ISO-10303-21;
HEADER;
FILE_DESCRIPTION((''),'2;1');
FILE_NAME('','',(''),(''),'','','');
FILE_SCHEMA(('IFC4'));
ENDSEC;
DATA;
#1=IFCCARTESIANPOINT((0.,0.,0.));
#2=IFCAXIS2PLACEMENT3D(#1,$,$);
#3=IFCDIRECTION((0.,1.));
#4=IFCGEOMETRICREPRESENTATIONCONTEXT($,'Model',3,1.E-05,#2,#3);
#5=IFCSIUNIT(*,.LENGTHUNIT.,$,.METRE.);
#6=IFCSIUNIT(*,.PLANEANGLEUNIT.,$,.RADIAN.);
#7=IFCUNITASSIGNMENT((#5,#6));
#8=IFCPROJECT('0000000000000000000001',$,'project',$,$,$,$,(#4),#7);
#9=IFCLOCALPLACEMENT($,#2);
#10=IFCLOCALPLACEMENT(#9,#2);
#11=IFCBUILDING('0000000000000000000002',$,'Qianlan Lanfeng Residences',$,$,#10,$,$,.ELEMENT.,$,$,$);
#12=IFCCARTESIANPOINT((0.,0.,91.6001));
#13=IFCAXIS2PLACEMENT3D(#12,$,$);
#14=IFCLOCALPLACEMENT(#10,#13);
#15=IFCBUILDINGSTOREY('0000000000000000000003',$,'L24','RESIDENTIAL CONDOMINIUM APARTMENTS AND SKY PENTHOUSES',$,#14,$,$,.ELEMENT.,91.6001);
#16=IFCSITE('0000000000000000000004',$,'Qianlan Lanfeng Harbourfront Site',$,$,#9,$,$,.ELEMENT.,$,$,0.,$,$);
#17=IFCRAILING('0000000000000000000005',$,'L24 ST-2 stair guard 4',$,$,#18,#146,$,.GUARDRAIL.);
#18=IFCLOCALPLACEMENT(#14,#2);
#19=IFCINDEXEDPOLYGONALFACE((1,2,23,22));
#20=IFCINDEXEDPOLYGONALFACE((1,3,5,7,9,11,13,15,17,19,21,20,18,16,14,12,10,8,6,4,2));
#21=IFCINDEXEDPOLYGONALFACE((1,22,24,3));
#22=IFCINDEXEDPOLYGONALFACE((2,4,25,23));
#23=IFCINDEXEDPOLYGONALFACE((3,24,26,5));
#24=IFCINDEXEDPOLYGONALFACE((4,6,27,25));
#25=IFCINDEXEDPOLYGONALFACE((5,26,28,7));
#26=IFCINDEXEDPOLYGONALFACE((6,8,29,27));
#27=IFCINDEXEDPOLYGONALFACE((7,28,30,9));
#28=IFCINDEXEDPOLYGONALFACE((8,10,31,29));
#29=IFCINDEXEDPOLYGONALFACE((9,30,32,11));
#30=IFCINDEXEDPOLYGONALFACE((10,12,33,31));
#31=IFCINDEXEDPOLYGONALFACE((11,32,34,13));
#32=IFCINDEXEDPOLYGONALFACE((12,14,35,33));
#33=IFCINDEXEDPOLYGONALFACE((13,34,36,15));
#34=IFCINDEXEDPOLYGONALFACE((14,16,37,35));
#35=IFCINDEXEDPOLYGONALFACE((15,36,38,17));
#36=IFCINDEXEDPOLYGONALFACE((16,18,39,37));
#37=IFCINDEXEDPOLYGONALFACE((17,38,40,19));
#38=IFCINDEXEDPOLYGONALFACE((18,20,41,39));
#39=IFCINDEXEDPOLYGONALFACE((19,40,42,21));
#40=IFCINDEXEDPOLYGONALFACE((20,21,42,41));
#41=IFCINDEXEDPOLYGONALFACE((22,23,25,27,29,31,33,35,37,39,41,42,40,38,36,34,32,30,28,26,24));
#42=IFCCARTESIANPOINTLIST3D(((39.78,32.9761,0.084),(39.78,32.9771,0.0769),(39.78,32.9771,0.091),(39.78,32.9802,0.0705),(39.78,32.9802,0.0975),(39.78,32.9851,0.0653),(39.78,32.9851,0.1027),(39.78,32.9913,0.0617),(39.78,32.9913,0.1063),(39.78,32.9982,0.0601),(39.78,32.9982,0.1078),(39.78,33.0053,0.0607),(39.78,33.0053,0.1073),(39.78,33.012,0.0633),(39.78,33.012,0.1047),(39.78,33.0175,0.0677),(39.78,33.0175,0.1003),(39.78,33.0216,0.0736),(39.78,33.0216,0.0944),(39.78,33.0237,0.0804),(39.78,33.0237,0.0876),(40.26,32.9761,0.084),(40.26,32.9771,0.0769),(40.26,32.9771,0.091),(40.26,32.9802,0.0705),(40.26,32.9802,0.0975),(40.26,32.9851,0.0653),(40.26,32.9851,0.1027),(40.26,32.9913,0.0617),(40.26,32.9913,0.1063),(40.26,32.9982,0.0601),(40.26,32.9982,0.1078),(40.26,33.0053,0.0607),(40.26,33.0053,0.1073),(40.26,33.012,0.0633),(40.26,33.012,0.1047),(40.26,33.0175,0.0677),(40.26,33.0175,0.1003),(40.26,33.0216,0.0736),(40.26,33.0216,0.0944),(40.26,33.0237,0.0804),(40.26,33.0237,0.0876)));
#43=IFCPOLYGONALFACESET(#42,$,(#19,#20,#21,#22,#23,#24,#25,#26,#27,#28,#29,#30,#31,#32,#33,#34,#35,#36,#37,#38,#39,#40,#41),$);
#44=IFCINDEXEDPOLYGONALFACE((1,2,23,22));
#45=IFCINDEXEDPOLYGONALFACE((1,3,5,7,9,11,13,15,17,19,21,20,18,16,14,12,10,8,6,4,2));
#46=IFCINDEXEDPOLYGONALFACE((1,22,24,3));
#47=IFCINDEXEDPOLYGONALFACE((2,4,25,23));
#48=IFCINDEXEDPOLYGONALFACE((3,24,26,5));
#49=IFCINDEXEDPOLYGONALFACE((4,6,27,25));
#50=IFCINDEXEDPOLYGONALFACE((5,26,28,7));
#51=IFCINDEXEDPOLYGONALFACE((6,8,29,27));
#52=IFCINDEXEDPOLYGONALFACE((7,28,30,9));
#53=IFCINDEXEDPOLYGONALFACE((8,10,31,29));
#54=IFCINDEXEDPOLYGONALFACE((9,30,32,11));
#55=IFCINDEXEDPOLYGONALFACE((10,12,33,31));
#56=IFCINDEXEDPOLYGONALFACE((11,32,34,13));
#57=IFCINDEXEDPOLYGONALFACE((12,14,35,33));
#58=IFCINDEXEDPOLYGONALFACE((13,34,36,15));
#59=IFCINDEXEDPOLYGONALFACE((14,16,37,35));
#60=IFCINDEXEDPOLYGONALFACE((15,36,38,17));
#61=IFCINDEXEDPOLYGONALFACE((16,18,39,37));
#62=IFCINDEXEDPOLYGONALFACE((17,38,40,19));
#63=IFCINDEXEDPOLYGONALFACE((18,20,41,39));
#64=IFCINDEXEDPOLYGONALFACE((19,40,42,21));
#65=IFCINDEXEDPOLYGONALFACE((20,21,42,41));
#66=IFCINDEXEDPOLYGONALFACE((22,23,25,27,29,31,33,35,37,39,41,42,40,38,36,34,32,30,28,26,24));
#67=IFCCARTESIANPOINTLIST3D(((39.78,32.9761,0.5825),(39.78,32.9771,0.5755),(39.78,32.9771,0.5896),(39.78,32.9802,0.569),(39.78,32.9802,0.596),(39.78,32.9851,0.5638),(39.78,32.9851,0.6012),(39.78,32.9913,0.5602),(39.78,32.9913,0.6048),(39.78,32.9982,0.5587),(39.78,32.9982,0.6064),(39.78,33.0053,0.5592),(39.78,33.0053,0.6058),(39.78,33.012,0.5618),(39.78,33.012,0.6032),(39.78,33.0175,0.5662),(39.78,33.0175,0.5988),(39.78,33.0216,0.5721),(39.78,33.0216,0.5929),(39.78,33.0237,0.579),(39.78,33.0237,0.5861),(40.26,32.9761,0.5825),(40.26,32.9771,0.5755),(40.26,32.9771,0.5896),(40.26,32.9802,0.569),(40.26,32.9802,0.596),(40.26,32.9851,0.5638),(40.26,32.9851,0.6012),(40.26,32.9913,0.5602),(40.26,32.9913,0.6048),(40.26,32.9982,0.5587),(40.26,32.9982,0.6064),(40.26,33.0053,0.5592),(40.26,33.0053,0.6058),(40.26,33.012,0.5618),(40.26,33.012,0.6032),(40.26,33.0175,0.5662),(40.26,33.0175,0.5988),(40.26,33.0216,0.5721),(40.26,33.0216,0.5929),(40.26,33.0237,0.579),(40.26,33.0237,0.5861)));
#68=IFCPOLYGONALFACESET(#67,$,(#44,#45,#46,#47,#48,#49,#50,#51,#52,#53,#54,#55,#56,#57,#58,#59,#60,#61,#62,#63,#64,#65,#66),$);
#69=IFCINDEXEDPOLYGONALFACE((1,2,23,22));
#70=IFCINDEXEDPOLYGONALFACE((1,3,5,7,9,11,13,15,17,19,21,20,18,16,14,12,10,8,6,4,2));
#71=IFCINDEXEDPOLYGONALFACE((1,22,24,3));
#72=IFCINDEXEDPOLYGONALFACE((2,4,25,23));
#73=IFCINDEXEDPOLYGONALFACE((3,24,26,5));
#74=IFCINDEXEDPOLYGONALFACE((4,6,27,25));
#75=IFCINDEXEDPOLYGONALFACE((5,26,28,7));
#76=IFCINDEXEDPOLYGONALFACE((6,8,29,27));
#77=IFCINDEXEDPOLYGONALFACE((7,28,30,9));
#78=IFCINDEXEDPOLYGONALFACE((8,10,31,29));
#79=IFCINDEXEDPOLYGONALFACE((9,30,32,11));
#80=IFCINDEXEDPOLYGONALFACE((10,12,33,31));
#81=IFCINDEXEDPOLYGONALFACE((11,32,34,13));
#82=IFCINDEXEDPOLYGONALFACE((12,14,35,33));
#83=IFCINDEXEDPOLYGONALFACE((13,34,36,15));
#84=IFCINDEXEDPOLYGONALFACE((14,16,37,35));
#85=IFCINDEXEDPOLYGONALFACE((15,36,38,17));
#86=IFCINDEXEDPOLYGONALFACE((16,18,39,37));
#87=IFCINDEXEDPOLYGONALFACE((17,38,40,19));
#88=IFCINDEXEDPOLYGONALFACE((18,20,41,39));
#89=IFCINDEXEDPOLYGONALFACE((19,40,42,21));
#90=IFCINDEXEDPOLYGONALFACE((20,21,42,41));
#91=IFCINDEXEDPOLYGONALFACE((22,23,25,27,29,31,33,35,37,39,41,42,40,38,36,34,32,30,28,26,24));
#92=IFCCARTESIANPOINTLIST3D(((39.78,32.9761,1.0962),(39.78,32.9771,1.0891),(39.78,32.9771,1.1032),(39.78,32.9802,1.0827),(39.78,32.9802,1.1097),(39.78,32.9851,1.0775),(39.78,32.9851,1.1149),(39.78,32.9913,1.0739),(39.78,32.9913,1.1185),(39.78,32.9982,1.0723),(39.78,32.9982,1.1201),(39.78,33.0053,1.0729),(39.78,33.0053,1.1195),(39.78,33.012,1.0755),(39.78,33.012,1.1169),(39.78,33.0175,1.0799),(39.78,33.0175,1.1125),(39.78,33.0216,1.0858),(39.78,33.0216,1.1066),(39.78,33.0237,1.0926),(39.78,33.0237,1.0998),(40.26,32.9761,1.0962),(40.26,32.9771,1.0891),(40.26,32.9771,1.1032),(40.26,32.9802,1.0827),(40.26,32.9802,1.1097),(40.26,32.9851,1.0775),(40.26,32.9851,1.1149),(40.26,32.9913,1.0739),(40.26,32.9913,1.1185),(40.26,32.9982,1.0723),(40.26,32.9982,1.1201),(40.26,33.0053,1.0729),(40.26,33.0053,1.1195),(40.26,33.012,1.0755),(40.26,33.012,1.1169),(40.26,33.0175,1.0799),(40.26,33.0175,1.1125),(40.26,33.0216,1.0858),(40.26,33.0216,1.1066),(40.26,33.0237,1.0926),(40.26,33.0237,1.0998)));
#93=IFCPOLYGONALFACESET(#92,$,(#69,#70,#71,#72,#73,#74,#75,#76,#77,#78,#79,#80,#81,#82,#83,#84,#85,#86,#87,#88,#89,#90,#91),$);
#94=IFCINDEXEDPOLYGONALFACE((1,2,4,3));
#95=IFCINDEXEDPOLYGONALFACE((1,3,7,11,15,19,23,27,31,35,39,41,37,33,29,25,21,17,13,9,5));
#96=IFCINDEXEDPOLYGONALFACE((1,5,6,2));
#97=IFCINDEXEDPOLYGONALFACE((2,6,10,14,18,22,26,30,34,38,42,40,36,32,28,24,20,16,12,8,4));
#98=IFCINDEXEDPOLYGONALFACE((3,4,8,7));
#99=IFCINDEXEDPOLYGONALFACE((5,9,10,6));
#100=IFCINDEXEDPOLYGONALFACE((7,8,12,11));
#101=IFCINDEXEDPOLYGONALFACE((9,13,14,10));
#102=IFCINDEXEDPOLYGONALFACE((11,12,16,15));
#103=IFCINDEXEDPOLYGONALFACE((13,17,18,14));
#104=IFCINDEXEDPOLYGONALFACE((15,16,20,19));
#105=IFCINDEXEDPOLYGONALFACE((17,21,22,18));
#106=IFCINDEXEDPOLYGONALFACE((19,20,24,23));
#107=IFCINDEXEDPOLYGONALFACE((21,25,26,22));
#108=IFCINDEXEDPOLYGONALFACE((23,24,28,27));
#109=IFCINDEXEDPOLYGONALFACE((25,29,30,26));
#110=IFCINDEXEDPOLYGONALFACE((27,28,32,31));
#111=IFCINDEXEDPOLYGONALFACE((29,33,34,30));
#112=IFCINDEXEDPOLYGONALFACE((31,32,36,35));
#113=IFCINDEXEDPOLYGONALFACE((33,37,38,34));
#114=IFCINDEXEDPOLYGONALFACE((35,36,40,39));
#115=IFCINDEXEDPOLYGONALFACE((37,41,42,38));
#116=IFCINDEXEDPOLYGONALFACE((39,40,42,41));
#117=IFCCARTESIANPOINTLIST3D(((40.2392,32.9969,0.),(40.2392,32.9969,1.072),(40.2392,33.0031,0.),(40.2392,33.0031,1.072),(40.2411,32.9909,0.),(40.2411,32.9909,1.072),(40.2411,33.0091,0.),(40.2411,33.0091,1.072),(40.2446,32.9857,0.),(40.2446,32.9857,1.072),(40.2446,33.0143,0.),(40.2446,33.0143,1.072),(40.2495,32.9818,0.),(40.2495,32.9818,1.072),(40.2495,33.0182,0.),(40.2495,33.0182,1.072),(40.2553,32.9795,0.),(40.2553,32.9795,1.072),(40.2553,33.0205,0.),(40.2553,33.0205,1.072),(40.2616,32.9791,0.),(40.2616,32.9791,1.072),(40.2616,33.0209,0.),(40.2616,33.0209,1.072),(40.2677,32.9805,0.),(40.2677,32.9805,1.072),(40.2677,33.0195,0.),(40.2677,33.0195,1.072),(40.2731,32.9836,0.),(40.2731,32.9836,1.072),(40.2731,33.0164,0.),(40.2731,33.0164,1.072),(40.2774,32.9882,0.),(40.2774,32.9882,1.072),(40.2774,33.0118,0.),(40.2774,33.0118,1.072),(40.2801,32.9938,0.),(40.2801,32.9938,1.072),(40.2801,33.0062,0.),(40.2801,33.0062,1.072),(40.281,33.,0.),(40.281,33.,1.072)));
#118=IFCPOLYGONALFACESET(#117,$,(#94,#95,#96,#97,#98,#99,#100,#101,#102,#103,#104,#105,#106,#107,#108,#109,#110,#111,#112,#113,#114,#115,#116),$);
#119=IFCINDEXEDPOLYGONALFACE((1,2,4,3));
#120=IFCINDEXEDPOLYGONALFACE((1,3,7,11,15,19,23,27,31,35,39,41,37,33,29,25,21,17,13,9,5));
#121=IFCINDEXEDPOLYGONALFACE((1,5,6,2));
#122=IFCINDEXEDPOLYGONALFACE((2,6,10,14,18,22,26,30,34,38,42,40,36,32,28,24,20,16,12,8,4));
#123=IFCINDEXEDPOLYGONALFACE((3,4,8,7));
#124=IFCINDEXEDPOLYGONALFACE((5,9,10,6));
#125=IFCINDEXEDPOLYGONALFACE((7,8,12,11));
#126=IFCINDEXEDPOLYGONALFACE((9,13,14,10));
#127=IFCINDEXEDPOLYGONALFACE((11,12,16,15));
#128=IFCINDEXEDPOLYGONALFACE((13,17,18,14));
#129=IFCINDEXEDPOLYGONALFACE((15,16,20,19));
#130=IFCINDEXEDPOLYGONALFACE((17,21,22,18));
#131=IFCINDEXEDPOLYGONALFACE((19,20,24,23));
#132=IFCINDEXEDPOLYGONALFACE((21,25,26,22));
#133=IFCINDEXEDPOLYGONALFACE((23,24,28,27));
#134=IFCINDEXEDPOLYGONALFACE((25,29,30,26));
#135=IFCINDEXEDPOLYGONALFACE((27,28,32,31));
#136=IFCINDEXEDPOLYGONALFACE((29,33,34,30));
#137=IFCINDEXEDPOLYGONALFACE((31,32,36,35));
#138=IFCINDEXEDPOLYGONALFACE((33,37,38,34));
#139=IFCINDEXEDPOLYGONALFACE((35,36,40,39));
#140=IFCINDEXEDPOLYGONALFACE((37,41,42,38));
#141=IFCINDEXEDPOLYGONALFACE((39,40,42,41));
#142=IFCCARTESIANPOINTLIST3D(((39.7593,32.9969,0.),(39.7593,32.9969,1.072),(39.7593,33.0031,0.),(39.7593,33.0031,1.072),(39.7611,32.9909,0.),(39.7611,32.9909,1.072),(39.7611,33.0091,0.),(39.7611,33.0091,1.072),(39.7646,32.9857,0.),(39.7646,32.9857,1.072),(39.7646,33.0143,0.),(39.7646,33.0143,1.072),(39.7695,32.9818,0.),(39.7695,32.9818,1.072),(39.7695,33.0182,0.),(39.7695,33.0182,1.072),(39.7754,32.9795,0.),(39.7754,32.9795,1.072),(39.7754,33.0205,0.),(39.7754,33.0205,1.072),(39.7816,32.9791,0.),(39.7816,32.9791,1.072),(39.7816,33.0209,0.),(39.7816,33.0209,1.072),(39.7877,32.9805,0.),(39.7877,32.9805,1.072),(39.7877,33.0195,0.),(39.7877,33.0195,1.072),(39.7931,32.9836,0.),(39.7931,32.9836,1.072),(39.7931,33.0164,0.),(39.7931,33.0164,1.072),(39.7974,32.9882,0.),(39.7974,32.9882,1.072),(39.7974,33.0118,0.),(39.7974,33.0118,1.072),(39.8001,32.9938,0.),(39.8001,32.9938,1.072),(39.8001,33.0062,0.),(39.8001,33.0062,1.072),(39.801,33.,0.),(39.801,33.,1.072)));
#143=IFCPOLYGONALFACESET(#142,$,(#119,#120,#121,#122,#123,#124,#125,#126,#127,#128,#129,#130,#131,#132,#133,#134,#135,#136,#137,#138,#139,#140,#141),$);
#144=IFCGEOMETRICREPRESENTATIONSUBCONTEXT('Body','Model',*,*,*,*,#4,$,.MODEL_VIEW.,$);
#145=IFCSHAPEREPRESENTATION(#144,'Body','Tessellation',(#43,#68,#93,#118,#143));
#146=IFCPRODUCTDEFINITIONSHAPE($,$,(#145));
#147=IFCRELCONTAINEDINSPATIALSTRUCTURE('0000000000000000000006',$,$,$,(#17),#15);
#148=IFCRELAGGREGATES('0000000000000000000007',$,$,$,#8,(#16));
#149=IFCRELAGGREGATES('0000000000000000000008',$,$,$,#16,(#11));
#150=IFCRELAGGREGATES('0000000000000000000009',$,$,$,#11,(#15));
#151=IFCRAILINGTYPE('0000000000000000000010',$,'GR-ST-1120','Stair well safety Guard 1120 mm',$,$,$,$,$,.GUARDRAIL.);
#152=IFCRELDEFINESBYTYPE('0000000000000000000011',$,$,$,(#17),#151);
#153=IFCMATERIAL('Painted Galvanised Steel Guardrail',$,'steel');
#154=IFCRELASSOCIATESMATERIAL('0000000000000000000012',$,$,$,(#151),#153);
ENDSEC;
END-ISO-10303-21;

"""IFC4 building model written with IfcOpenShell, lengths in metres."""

from ifc_helpers import new_model, si_unit, direction, frame, origin, origin_2d, place, context, subcontext, project, spatial, circle, extrude, material, type_object, element, save


model = new_model("IFC4")

# Units and contexts
model_context = context("Model", 3, precision=1e-05, world=origin(), true_north=direction((0.0, 1.0)))
body_context = subcontext(model_context, "Body", "Model", "MODEL_VIEW")
ifc_project = project(units=[si_unit("LENGTHUNIT", "METRE"), si_unit("PLANEANGLEUNIT", "RADIAN")], contexts=[model_context])

# Site, building, storey
site_placement = place(None, origin())
site = spatial("IfcSite", under=ifc_project, at=site_placement, Name="Qianlan Lanfeng Harbourfront Site", CompositionType="ELEMENT", RefElevation=0.0)
building_placement = place(site_placement, origin())
building = spatial("IfcBuilding", under=site, at=building_placement, Name="Qianlan Lanfeng Residences", CompositionType="ELEMENT")
storey_placement = place(building_placement, frame((0.0, 0.0, 91.6001)))
storey = spatial("IfcBuildingStorey", under=building, at=storey_placement, Name="L24", Description="RESIDENTIAL CONDOMINIUM APARTMENTS AND SKY PENTHOUSES", CompositionType="ELEMENT", Elevation=91.6001)

# Railing
ifc_material_1 = material(Name="Painted Galvanised Steel Guardrail", Category="steel")
railing_type_1 = type_object("IfcRailingType", Name="GR-ST-1120", Description="Stair well safety Guard 1120 mm", PredefinedType="GUARDRAIL", material=ifc_material_1)
railing_1_placement = place(storey_placement, frame((40.26, 33.0, 0.0)))
element("IfcRailing", 1, at=railing_1_placement, inside=storey, type_object=railing_type_1, Name="L24 ST-2 stair guard 4", PredefinedType="GUARDRAIL", context=body_context, shape_type="SweptSolid", body=[
    extrude(circle(Radius=0.0239, at=origin_2d()), frame((0.0, 0.0, 0.084), z_axis=(-1.0, 0.0, 0.0), x_axis=(0.0, -1.0, 0.0)), (0.0, 0.0, 1.0), 0.48),
    extrude(circle(Radius=0.0239, at=origin_2d()), frame((0.0, 0.0, 0.5825), z_axis=(-1.0, 0.0, 0.0), x_axis=(0.0, -1.0, 0.0)), (0.0, 0.0, 1.0), 0.48),
    extrude(circle(Radius=0.0239, at=origin_2d()), frame((0.0, 0.0, 1.0962), z_axis=(-1.0, 0.0, 0.0), x_axis=(0.0, -1.0, 0.0)), (0.0, 0.0, 1.0), 0.48),
    extrude(circle(Radius=0.021, at=origin_2d()), origin(), (0.0, 0.0, 1.0), 1.072),
    extrude(circle(Radius=0.021, at=origin_2d()), frame((-0.48, 0.0, 0.0)), (0.0, 0.0, 1.0), 1.072),
])

save(model, "model.ifc")
